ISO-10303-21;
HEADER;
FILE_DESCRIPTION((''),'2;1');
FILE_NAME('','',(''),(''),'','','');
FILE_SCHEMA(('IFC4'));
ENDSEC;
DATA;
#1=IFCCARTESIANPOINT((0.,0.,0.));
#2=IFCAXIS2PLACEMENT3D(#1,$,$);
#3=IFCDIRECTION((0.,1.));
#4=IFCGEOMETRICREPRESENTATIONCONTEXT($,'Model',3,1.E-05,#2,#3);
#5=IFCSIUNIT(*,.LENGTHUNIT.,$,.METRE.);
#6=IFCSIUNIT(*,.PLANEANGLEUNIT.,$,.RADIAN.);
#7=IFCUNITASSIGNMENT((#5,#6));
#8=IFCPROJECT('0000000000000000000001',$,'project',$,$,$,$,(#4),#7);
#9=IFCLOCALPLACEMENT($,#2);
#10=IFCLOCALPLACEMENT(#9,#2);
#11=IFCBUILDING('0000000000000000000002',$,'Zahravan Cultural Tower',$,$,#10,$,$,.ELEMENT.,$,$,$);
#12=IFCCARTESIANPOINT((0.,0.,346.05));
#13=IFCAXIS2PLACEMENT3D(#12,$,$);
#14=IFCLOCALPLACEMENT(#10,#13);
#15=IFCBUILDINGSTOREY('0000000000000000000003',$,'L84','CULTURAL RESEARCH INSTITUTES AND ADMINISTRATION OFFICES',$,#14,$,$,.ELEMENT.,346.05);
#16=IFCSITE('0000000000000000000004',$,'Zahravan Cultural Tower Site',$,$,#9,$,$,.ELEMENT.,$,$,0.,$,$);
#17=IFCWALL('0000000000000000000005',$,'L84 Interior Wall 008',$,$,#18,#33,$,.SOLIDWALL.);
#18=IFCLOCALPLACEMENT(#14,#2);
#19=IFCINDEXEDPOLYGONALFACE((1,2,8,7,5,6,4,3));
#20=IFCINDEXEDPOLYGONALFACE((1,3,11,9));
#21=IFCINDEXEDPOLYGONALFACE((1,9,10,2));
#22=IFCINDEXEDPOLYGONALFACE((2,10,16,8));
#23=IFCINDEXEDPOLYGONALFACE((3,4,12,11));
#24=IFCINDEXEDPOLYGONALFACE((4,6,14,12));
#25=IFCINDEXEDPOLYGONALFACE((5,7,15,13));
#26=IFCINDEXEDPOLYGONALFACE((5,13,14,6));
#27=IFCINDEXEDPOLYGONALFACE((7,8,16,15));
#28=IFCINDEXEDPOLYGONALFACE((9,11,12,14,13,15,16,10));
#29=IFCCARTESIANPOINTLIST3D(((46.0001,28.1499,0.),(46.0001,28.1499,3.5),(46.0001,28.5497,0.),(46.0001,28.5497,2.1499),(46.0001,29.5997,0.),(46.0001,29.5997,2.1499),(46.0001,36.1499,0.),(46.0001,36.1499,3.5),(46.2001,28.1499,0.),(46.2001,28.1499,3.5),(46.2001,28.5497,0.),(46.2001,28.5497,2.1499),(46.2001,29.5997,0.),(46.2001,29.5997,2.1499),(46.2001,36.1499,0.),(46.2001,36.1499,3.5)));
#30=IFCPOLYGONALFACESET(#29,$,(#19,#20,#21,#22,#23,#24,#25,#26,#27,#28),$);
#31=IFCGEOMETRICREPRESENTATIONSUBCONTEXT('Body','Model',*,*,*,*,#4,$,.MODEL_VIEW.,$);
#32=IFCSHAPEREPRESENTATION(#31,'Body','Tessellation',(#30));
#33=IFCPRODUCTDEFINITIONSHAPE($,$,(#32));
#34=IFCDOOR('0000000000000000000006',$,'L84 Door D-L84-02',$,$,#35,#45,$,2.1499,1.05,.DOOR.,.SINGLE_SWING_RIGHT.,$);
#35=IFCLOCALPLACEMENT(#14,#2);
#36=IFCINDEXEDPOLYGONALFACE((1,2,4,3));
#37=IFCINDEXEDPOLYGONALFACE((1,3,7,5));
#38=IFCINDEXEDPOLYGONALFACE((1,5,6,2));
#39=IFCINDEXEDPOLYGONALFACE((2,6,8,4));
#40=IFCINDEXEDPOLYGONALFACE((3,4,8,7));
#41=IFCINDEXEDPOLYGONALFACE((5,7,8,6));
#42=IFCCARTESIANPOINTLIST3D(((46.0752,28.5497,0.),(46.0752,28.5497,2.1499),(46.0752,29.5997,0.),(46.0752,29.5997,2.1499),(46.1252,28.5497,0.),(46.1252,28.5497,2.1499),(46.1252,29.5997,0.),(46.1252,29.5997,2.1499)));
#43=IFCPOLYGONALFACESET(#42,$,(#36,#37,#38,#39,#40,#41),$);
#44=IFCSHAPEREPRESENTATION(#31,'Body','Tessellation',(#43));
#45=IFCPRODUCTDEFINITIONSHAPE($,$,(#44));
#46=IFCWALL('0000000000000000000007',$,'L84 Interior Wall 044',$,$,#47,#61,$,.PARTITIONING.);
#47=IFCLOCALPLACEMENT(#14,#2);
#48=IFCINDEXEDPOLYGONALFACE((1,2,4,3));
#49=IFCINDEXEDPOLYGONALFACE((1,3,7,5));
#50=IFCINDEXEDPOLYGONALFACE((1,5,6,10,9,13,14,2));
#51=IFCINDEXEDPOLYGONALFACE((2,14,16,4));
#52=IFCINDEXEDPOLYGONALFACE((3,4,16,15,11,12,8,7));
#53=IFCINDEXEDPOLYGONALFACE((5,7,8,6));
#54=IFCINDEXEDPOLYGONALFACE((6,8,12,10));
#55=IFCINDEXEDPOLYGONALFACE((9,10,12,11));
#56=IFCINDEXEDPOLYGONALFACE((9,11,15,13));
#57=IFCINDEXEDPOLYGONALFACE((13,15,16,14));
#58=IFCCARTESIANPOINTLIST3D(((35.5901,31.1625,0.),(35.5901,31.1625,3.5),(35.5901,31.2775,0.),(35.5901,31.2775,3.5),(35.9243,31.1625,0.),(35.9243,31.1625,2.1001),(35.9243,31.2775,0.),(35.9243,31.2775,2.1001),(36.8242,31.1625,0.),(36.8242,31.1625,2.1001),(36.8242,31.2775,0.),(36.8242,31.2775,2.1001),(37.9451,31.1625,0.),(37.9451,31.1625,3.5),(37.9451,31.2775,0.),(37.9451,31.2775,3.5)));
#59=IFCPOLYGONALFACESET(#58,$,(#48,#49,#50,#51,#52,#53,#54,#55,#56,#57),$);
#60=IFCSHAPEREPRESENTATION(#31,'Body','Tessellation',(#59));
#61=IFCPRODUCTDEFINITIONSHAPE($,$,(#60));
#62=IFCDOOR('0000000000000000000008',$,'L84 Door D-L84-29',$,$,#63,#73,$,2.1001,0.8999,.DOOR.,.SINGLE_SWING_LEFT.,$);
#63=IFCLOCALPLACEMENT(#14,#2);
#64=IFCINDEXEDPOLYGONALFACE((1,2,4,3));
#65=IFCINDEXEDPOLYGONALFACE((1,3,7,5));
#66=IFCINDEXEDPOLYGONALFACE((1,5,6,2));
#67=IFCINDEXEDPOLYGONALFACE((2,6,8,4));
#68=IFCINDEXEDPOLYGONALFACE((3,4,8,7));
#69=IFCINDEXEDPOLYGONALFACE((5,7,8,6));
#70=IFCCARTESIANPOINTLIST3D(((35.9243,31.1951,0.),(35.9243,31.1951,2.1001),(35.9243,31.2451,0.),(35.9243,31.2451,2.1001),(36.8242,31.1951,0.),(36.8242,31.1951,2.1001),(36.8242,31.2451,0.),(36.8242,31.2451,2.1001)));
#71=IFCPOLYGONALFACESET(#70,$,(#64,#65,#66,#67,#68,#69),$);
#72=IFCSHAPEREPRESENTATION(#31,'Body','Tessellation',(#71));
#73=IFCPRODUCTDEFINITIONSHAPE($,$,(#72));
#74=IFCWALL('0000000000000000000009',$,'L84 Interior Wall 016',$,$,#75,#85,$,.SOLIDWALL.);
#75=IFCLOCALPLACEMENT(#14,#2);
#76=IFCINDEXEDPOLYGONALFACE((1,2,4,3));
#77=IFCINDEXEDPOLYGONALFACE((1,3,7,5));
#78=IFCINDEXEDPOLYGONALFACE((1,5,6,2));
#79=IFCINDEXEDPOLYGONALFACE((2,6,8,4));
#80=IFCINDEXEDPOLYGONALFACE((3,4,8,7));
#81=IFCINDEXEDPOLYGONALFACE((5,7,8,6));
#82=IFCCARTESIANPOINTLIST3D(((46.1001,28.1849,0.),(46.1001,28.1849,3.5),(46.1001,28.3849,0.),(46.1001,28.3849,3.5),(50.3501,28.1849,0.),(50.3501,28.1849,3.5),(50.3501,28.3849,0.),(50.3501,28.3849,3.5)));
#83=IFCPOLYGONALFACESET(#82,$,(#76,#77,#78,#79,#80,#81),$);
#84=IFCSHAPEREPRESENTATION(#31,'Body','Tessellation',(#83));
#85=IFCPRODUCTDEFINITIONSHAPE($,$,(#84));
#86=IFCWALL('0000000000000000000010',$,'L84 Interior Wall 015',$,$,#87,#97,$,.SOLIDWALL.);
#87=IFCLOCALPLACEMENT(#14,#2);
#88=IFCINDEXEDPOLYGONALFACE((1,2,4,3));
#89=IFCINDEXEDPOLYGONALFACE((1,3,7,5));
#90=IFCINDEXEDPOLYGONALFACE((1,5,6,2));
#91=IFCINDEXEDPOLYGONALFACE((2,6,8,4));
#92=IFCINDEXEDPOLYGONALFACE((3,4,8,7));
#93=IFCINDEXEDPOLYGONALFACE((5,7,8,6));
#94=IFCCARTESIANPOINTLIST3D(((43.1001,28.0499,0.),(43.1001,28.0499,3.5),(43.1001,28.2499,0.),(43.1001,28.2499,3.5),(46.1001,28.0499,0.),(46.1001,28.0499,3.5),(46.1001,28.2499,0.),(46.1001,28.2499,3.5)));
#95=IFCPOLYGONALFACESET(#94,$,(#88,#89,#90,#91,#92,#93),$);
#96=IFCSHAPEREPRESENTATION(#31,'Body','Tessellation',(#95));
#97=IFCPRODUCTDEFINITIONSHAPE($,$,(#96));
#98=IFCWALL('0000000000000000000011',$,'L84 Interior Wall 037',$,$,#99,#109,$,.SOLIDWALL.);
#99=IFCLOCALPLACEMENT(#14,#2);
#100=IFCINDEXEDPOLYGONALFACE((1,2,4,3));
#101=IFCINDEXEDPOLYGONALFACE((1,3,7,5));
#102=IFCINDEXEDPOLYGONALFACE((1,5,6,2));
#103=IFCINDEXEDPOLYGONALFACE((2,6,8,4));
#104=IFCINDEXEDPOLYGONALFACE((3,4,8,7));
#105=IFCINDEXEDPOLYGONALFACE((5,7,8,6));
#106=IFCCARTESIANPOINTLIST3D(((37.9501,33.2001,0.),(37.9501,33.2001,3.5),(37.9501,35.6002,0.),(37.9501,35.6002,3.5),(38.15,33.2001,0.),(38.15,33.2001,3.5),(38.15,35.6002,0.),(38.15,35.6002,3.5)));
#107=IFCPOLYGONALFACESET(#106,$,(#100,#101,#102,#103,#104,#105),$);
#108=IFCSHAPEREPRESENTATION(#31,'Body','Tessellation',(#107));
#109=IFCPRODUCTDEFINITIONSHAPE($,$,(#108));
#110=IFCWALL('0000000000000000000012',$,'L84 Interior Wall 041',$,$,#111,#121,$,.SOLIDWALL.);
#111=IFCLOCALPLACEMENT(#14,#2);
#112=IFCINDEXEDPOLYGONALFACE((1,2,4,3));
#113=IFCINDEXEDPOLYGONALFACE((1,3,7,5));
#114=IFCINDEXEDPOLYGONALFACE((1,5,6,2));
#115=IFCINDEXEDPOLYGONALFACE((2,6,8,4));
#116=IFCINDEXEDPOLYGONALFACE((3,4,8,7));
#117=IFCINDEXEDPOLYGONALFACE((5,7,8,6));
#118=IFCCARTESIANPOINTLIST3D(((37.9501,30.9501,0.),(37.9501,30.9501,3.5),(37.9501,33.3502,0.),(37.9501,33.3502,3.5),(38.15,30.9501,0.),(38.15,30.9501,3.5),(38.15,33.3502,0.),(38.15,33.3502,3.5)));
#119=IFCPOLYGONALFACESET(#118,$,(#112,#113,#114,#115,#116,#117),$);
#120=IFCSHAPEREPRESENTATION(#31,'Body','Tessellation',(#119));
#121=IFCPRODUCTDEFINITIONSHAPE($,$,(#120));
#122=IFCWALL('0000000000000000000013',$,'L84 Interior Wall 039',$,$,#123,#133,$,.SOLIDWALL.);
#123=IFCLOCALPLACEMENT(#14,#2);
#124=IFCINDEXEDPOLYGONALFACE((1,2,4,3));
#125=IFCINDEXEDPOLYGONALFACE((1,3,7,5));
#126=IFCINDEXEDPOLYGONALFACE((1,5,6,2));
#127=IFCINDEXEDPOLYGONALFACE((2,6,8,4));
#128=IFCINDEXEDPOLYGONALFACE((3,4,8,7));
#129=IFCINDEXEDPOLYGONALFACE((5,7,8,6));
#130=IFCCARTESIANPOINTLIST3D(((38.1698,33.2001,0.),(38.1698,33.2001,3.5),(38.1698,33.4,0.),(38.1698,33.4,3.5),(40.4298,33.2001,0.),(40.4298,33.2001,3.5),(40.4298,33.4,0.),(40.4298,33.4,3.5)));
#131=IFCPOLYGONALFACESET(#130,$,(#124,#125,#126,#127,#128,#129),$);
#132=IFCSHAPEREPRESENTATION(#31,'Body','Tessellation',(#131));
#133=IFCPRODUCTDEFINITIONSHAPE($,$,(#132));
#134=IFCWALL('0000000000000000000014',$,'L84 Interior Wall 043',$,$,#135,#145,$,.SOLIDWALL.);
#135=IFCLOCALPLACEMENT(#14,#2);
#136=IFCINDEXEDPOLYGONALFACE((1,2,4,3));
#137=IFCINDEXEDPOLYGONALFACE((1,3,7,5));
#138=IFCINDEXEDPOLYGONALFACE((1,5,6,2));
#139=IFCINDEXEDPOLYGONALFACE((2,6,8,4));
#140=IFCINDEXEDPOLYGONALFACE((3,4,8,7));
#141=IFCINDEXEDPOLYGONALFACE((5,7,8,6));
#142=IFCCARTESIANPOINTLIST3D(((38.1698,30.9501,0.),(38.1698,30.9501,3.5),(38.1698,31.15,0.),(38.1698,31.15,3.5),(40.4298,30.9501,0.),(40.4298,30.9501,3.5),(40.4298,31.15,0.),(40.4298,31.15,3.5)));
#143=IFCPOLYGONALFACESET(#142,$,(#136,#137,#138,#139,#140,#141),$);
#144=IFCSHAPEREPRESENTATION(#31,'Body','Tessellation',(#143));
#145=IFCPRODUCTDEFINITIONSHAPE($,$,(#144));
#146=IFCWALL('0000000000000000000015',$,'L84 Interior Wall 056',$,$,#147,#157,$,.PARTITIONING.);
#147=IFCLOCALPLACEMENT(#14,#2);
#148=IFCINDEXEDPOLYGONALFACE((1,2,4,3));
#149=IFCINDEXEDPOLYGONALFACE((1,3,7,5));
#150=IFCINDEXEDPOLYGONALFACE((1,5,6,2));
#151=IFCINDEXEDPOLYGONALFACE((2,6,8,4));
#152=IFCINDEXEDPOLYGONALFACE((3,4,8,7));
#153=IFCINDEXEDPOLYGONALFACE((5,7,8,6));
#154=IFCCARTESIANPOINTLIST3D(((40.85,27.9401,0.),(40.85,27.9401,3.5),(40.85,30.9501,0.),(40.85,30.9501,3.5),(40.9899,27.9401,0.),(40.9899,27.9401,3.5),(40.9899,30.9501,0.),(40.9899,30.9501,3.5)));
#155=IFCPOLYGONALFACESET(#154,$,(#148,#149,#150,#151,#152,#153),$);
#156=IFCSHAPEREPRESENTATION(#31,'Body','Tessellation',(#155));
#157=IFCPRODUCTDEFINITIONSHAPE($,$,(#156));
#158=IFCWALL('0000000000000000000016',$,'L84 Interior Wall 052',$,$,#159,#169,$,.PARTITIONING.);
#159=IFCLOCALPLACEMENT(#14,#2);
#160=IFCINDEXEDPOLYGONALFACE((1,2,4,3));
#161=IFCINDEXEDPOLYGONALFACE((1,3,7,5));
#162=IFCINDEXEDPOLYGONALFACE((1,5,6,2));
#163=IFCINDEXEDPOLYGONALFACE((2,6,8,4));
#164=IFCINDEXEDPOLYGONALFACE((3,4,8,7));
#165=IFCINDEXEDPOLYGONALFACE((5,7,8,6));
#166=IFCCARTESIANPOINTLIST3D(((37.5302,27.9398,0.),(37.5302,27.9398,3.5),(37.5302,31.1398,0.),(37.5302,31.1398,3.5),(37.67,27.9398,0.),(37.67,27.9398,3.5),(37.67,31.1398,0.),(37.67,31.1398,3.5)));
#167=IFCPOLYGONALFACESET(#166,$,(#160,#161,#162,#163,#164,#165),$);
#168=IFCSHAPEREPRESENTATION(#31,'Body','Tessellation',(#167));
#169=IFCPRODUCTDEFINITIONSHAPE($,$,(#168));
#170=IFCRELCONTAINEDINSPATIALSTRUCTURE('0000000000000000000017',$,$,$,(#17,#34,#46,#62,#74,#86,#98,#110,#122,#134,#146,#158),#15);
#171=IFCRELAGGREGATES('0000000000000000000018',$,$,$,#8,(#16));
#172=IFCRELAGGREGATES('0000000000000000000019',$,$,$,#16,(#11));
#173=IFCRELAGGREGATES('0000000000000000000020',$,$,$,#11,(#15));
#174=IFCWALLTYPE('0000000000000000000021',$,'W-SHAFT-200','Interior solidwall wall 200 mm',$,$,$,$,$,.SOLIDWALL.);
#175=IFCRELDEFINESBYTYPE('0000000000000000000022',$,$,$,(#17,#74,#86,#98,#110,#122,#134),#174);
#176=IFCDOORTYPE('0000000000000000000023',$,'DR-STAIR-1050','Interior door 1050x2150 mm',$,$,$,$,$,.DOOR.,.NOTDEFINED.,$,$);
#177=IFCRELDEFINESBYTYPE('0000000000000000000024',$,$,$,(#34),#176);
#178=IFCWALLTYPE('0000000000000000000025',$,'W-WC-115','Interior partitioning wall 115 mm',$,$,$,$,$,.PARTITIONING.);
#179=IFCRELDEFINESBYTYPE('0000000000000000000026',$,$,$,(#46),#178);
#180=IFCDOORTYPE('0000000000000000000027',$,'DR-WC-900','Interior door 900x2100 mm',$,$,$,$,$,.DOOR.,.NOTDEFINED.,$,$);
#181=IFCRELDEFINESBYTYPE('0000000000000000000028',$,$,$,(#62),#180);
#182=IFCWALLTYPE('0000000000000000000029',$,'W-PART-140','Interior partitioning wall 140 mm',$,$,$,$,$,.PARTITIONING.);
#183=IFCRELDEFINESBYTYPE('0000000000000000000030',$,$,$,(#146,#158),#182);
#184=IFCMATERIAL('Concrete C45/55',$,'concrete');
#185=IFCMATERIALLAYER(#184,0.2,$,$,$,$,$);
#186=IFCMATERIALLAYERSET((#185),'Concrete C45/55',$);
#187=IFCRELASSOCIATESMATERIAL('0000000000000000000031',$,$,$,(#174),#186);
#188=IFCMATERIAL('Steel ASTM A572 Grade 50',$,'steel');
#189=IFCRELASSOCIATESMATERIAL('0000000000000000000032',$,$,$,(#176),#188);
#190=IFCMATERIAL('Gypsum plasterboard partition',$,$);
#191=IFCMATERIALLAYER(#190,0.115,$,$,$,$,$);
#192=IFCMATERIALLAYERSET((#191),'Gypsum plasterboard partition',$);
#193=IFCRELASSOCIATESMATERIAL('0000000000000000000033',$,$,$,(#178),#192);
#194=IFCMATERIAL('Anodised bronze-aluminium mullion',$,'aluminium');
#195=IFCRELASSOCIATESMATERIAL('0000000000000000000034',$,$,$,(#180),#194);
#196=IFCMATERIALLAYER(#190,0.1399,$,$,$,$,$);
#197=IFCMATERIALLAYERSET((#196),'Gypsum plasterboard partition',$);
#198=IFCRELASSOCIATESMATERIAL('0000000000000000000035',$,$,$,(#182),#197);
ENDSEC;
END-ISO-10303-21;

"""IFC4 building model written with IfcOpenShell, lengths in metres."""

from ifc_helpers import new_model, si_unit, direction, frame, frame_2d, origin, place, context, subcontext, project, spatial, rectangle, extrude, source, transform, mapped, material, layer, layer_set, type_object, element, fill, save


model = new_model("IFC4")

# Units and contexts
model_context = context("Model", 3, precision=1e-05, world=origin(), true_north=direction((0.0, 1.0)))
body_context = subcontext(model_context, "Body", "Model", "MODEL_VIEW")
ifc_project = project(units=[si_unit("LENGTHUNIT", "METRE"), si_unit("PLANEANGLEUNIT", "RADIAN")], contexts=[model_context])

# Site, building, storey
site_placement = place(None, origin())
site = spatial("IfcSite", under=ifc_project, at=site_placement, Name="Zahravan Cultural Tower Site", CompositionType="ELEMENT", RefElevation=0.0)
building_placement = place(site_placement, origin())
building = spatial("IfcBuilding", under=site, at=building_placement, Name="Zahravan Cultural Tower", CompositionType="ELEMENT")
storey_placement = place(building_placement, frame((0.0, 0.0, 346.05)))
storey = spatial("IfcBuildingStorey", under=building, at=storey_placement, Name="L84", Description="CULTURAL RESEARCH INSTITUTES AND ADMINISTRATION OFFICES", CompositionType="ELEMENT", Elevation=346.05)

# Walls, openings, doors
ifc_material_1 = material(Name="Concrete C45/55", Category="concrete")
ifc_layer_1 = layer(ifc_material_1, 0.2)
ifc_layer_set_1 = layer_set([ifc_layer_1], Name="Concrete C45/55")
wall_type_1 = type_object("IfcWallType", Name="W-SHAFT-200", Description="Interior solidwall wall 200 mm", PredefinedType="SOLIDWALL", material=ifc_layer_set_1)
wall_1_placement = place(storey_placement, frame((46.1001, 28.1499, 0.0), z_axis=(0.0, 0.0, 1.0), x_axis=(0.0, 1.0, 0.0)))
wall_1 = element("IfcWall", 1, at=wall_1_placement, inside=storey, type_object=wall_type_1, Name="L84 Interior Wall 008", PredefinedType="SOLIDWALL", context=body_context, shape_type="SweptSolid", body=[
    extrude(rectangle(XDim=8.0, YDim=0.2, at=frame_2d((4.0, 0.0))), origin(), (0.0, 0.0, 1.0), 3.5),
])
opening_1_placement = place(wall_1_placement, frame((0.3999, 0.0, 0.0)))
opening_1 = element("IfcOpeningElement", 2, at=opening_1_placement, cuts=wall_1, PredefinedType="OPENING", context=body_context, shape_type="SweptSolid", body=[
    extrude(rectangle(XDim=1.05, YDim=2.1499, at=frame_2d((0.5249, 1.075))), frame((0.0, 0.1099, 0.0), z_axis=(0.0, -1.0, 0.0), x_axis=(1.0, 0.0, 0.0)), (0.0, 0.0, 1.0), 0.22),
])
ifc_material_2 = material(Name="Steel ASTM A572 Grade 50", Category="steel")
door_type_1 = type_object("IfcDoorType", Name="DR-STAIR-1050", Description="Interior door 1050x2150 mm", OperationType="NOTDEFINED", PredefinedType="DOOR", material=ifc_material_2)
shared_shape_1 = source(origin(), body_context, "Body", "SweptSolid", [
    extrude(rectangle(XDim=1.05, YDim=2.1499, at=frame_2d((0.5249, 1.075))), frame((0.0, 0.0249, 0.0), z_axis=(0.0, -1.0, 0.0), x_axis=(1.0, 0.0, 0.0)), (0.0, 0.0, 1.0), 0.05),
])
door_1_placement = place(opening_1_placement, origin())
door_1 = element("IfcDoor", 3, at=door_1_placement, inside=storey, type_object=door_type_1, Name="L84 Door D-L84-02", OperationType="SINGLE_SWING_RIGHT", OverallHeight=2.1499, OverallWidth=1.05, PredefinedType="DOOR", context=body_context, shape_type="MappedRepresentation", body=[
    mapped(shared_shape_1, transform((0.0, 0.0, 0.0), x_axis=(1.0, 0.0, 0.0), y_axis=(0.0, 1.0, 0.0), z_axis=(0.0, 0.0, 1.0), scale=1.0)),
])
fill(opening_1, door_1)
ifc_material_3 = material(Name="Gypsum plasterboard partition")
ifc_layer_2 = layer(ifc_material_3, 0.115)
ifc_layer_set_2 = layer_set([ifc_layer_2], Name="Gypsum plasterboard partition")
wall_type_2 = type_object("IfcWallType", Name="W-WC-115", Description="Interior partitioning wall 115 mm", PredefinedType="PARTITIONING", material=ifc_layer_set_2)
wall_2_placement = place(storey_placement, frame((37.9451, 31.22, 0.0), z_axis=(0.0, 0.0, 1.0), x_axis=(-1.0, 0.0, 0.0)))
wall_2 = element("IfcWall", 4, at=wall_2_placement, inside=storey, type_object=wall_type_2, Name="L84 Interior Wall 044", PredefinedType="PARTITIONING", context=body_context, shape_type="SweptSolid", body=[
    extrude(rectangle(XDim=2.355, YDim=0.115, at=frame_2d((1.1775, 0.0))), origin(), (0.0, 0.0, 1.0), 3.5),
])
opening_2_placement = place(wall_2_placement, frame((1.1208, 0.0, 0.0)))
opening_2 = element("IfcOpeningElement", 5, at=opening_2_placement, cuts=wall_2, PredefinedType="OPENING", context=body_context, shape_type="SweptSolid", body=[
    extrude(rectangle(XDim=0.8999, YDim=2.1001, at=frame_2d((0.45, 1.05))), frame((0.0, 0.0674, 0.0), z_axis=(0.0, -1.0, 0.0), x_axis=(1.0, 0.0, 0.0)), (0.0, 0.0, 1.0), 0.135),
])
ifc_material_4 = material(Name="Anodised bronze-aluminium mullion", Category="aluminium")
door_type_2 = type_object("IfcDoorType", Name="DR-WC-900", Description="Interior door 900x2100 mm", OperationType="NOTDEFINED", PredefinedType="DOOR", material=ifc_material_4)
shared_shape_2 = source(origin(), body_context, "Body", "SweptSolid", [
    extrude(rectangle(XDim=0.8999, YDim=2.1001, at=frame_2d((0.45, 1.05))), frame((0.0, 0.0249, 0.0), z_axis=(0.0, -1.0, 0.0), x_axis=(1.0, 0.0, 0.0)), (0.0, 0.0, 1.0), 0.05),
])
door_2_placement = place(opening_2_placement, origin())
door_2 = element("IfcDoor", 6, at=door_2_placement, inside=storey, type_object=door_type_2, Name="L84 Door D-L84-29", OperationType="SINGLE_SWING_LEFT", OverallHeight=2.1001, OverallWidth=0.8999, PredefinedType="DOOR", context=body_context, shape_type="MappedRepresentation", body=[
    mapped(shared_shape_2, transform((0.0, 0.0, 0.0), x_axis=(1.0, 0.0, 0.0), y_axis=(0.0, 1.0, 0.0), z_axis=(0.0, 0.0, 1.0), scale=1.0)),
])
fill(opening_2, door_2)

# Walls
shared_shape_3 = source(origin(), body_context, "Body", "SweptSolid", [
    extrude(rectangle(XDim=4.25, YDim=0.2, at=frame_2d((2.125, 0.0))), origin(), (0.0, 0.0, 1.0), 3.5),
])
wall_3_placement = place(storey_placement, frame((46.1001, 28.2849, 0.0), z_axis=(0.0, 0.0, 1.0), x_axis=(1.0, 0.0, 0.0)))
element("IfcWall", 7, at=wall_3_placement, inside=storey, type_object=wall_type_1, Name="L84 Interior Wall 016", PredefinedType="SOLIDWALL", context=body_context, shape_type="MappedRepresentation", body=[
    mapped(shared_shape_3, transform((0.0, 0.0, 0.0), x_axis=(1.0, 0.0, 0.0), y_axis=(0.0, 1.0, 0.0), z_axis=(0.0, 0.0, 1.0), scale=1.0)),
])
shared_shape_4 = source(origin(), body_context, "Body", "SweptSolid", [
    extrude(rectangle(XDim=3.0, YDim=0.2, at=frame_2d((1.5, 0.0))), origin(), (0.0, 0.0, 1.0), 3.5),
])
wall_4_placement = place(storey_placement, frame((43.1001, 28.1499, 0.0), z_axis=(0.0, 0.0, 1.0), x_axis=(1.0, 0.0, 0.0)))
element("IfcWall", 8, at=wall_4_placement, inside=storey, type_object=wall_type_1, Name="L84 Interior Wall 015", PredefinedType="SOLIDWALL", context=body_context, shape_type="MappedRepresentation", body=[
    mapped(shared_shape_4, transform((0.0, 0.0, 0.0), x_axis=(1.0, 0.0, 0.0), y_axis=(0.0, 1.0, 0.0), z_axis=(0.0, 0.0, 1.0), scale=1.0)),
])
shared_shape_5 = source(origin(), body_context, "Body", "SweptSolid", [
    extrude(rectangle(XDim=2.4001, YDim=0.2, at=frame_2d((1.2002, 0.0))), origin(), (0.0, 0.0, 1.0), 3.5),
])
for number, where, z_axis, x_axis, name in (
    (9, (38.05, 33.2, 0.0), (0.0, 0.0, 1.0), (0.0, 1.0, 0.0), "L84 Interior Wall 037"),
    (10, (38.05, 30.95, 0.0), (0.0, 0.0, 1.0), (0.0, 1.0, 0.0), "L84 Interior Wall 041"),
):
    element("IfcWall", number, at=place(storey_placement, frame(where, z_axis=z_axis, x_axis=x_axis)), inside=storey, type_object=wall_type_1, Name=name, PredefinedType="SOLIDWALL", context=body_context, shape_type="MappedRepresentation", body=[
        mapped(shared_shape_5, transform((0.0, 0.0, 0.0), x_axis=(1.0, 0.0, 0.0), y_axis=(0.0, 1.0, 0.0), z_axis=(0.0, 0.0, 1.0), scale=1.0)),
    ])
shared_shape_6 = source(origin(), body_context, "Body", "SweptSolid", [
    extrude(rectangle(XDim=2.26, YDim=0.2, at=frame_2d((1.1299, 0.0))), origin(), (0.0, 0.0, 1.0), 3.5),
])
for number, where, z_axis, x_axis, name in (
    (11, (38.1699, 33.3, 0.0), (0.0, 0.0, 1.0), (1.0, 0.0, 0.0), "L84 Interior Wall 039"),
    (12, (38.1699, 31.05, 0.0), (0.0, 0.0, 1.0), (1.0, 0.0, 0.0), "L84 Interior Wall 043"),
):
    element("IfcWall", number, at=place(storey_placement, frame(where, z_axis=z_axis, x_axis=x_axis)), inside=storey, type_object=wall_type_1, Name=name, PredefinedType="SOLIDWALL", context=body_context, shape_type="MappedRepresentation", body=[
        mapped(shared_shape_6, transform((0.0, 0.0, 0.0), x_axis=(1.0, 0.0, 0.0), y_axis=(0.0, 1.0, 0.0), z_axis=(0.0, 0.0, 1.0), scale=1.0)),
    ])
ifc_layer_3 = layer(ifc_material_3, 0.1399)
ifc_layer_set_3 = layer_set([ifc_layer_3], Name="Gypsum plasterboard partition")
wall_type_3 = type_object("IfcWallType", Name="W-PART-140", Description="Interior partitioning wall 140 mm", PredefinedType="PARTITIONING", material=ifc_layer_set_3)
shared_shape_7 = source(origin(), body_context, "Body", "SweptSolid", [
    extrude(rectangle(XDim=3.01, YDim=0.1399, at=frame_2d((1.5049, 0.0))), origin(), (0.0, 0.0, 1.0), 3.5),
])
wall_5_placement = place(storey_placement, frame((40.9199, 30.95, 0.0), z_axis=(0.0, 0.0, 1.0), x_axis=(0.0, -1.0, 0.0)))
element("IfcWall", 13, at=wall_5_placement, inside=storey, type_object=wall_type_3, Name="L84 Interior Wall 056", PredefinedType="PARTITIONING", context=body_context, shape_type="MappedRepresentation", body=[
    mapped(shared_shape_7, transform((0.0, 0.0, 0.0), x_axis=(1.0, 0.0, 0.0), y_axis=(0.0, 1.0, 0.0), z_axis=(0.0, 0.0, 1.0), scale=1.0)),
])
shared_shape_8 = source(origin(), body_context, "Body", "SweptSolid", [
    extrude(rectangle(XDim=3.2, YDim=0.1399, at=frame_2d((1.6001, 0.0))), origin(), (0.0, 0.0, 1.0), 3.5),
])
wall_6_placement = place(storey_placement, frame((37.6001, 31.1399, 0.0), z_axis=(0.0, 0.0, 1.0), x_axis=(0.0, -1.0, 0.0)))
element("IfcWall", 14, at=wall_6_placement, inside=storey, type_object=wall_type_3, Name="L84 Interior Wall 052", PredefinedType="PARTITIONING", context=body_context, shape_type="MappedRepresentation", body=[
    mapped(shared_shape_8, transform((0.0, 0.0, 0.0), x_axis=(1.0, 0.0, 0.0), y_axis=(0.0, 1.0, 0.0), z_axis=(0.0, 0.0, 1.0), scale=1.0)),
])

save(model, "model.ifc")
